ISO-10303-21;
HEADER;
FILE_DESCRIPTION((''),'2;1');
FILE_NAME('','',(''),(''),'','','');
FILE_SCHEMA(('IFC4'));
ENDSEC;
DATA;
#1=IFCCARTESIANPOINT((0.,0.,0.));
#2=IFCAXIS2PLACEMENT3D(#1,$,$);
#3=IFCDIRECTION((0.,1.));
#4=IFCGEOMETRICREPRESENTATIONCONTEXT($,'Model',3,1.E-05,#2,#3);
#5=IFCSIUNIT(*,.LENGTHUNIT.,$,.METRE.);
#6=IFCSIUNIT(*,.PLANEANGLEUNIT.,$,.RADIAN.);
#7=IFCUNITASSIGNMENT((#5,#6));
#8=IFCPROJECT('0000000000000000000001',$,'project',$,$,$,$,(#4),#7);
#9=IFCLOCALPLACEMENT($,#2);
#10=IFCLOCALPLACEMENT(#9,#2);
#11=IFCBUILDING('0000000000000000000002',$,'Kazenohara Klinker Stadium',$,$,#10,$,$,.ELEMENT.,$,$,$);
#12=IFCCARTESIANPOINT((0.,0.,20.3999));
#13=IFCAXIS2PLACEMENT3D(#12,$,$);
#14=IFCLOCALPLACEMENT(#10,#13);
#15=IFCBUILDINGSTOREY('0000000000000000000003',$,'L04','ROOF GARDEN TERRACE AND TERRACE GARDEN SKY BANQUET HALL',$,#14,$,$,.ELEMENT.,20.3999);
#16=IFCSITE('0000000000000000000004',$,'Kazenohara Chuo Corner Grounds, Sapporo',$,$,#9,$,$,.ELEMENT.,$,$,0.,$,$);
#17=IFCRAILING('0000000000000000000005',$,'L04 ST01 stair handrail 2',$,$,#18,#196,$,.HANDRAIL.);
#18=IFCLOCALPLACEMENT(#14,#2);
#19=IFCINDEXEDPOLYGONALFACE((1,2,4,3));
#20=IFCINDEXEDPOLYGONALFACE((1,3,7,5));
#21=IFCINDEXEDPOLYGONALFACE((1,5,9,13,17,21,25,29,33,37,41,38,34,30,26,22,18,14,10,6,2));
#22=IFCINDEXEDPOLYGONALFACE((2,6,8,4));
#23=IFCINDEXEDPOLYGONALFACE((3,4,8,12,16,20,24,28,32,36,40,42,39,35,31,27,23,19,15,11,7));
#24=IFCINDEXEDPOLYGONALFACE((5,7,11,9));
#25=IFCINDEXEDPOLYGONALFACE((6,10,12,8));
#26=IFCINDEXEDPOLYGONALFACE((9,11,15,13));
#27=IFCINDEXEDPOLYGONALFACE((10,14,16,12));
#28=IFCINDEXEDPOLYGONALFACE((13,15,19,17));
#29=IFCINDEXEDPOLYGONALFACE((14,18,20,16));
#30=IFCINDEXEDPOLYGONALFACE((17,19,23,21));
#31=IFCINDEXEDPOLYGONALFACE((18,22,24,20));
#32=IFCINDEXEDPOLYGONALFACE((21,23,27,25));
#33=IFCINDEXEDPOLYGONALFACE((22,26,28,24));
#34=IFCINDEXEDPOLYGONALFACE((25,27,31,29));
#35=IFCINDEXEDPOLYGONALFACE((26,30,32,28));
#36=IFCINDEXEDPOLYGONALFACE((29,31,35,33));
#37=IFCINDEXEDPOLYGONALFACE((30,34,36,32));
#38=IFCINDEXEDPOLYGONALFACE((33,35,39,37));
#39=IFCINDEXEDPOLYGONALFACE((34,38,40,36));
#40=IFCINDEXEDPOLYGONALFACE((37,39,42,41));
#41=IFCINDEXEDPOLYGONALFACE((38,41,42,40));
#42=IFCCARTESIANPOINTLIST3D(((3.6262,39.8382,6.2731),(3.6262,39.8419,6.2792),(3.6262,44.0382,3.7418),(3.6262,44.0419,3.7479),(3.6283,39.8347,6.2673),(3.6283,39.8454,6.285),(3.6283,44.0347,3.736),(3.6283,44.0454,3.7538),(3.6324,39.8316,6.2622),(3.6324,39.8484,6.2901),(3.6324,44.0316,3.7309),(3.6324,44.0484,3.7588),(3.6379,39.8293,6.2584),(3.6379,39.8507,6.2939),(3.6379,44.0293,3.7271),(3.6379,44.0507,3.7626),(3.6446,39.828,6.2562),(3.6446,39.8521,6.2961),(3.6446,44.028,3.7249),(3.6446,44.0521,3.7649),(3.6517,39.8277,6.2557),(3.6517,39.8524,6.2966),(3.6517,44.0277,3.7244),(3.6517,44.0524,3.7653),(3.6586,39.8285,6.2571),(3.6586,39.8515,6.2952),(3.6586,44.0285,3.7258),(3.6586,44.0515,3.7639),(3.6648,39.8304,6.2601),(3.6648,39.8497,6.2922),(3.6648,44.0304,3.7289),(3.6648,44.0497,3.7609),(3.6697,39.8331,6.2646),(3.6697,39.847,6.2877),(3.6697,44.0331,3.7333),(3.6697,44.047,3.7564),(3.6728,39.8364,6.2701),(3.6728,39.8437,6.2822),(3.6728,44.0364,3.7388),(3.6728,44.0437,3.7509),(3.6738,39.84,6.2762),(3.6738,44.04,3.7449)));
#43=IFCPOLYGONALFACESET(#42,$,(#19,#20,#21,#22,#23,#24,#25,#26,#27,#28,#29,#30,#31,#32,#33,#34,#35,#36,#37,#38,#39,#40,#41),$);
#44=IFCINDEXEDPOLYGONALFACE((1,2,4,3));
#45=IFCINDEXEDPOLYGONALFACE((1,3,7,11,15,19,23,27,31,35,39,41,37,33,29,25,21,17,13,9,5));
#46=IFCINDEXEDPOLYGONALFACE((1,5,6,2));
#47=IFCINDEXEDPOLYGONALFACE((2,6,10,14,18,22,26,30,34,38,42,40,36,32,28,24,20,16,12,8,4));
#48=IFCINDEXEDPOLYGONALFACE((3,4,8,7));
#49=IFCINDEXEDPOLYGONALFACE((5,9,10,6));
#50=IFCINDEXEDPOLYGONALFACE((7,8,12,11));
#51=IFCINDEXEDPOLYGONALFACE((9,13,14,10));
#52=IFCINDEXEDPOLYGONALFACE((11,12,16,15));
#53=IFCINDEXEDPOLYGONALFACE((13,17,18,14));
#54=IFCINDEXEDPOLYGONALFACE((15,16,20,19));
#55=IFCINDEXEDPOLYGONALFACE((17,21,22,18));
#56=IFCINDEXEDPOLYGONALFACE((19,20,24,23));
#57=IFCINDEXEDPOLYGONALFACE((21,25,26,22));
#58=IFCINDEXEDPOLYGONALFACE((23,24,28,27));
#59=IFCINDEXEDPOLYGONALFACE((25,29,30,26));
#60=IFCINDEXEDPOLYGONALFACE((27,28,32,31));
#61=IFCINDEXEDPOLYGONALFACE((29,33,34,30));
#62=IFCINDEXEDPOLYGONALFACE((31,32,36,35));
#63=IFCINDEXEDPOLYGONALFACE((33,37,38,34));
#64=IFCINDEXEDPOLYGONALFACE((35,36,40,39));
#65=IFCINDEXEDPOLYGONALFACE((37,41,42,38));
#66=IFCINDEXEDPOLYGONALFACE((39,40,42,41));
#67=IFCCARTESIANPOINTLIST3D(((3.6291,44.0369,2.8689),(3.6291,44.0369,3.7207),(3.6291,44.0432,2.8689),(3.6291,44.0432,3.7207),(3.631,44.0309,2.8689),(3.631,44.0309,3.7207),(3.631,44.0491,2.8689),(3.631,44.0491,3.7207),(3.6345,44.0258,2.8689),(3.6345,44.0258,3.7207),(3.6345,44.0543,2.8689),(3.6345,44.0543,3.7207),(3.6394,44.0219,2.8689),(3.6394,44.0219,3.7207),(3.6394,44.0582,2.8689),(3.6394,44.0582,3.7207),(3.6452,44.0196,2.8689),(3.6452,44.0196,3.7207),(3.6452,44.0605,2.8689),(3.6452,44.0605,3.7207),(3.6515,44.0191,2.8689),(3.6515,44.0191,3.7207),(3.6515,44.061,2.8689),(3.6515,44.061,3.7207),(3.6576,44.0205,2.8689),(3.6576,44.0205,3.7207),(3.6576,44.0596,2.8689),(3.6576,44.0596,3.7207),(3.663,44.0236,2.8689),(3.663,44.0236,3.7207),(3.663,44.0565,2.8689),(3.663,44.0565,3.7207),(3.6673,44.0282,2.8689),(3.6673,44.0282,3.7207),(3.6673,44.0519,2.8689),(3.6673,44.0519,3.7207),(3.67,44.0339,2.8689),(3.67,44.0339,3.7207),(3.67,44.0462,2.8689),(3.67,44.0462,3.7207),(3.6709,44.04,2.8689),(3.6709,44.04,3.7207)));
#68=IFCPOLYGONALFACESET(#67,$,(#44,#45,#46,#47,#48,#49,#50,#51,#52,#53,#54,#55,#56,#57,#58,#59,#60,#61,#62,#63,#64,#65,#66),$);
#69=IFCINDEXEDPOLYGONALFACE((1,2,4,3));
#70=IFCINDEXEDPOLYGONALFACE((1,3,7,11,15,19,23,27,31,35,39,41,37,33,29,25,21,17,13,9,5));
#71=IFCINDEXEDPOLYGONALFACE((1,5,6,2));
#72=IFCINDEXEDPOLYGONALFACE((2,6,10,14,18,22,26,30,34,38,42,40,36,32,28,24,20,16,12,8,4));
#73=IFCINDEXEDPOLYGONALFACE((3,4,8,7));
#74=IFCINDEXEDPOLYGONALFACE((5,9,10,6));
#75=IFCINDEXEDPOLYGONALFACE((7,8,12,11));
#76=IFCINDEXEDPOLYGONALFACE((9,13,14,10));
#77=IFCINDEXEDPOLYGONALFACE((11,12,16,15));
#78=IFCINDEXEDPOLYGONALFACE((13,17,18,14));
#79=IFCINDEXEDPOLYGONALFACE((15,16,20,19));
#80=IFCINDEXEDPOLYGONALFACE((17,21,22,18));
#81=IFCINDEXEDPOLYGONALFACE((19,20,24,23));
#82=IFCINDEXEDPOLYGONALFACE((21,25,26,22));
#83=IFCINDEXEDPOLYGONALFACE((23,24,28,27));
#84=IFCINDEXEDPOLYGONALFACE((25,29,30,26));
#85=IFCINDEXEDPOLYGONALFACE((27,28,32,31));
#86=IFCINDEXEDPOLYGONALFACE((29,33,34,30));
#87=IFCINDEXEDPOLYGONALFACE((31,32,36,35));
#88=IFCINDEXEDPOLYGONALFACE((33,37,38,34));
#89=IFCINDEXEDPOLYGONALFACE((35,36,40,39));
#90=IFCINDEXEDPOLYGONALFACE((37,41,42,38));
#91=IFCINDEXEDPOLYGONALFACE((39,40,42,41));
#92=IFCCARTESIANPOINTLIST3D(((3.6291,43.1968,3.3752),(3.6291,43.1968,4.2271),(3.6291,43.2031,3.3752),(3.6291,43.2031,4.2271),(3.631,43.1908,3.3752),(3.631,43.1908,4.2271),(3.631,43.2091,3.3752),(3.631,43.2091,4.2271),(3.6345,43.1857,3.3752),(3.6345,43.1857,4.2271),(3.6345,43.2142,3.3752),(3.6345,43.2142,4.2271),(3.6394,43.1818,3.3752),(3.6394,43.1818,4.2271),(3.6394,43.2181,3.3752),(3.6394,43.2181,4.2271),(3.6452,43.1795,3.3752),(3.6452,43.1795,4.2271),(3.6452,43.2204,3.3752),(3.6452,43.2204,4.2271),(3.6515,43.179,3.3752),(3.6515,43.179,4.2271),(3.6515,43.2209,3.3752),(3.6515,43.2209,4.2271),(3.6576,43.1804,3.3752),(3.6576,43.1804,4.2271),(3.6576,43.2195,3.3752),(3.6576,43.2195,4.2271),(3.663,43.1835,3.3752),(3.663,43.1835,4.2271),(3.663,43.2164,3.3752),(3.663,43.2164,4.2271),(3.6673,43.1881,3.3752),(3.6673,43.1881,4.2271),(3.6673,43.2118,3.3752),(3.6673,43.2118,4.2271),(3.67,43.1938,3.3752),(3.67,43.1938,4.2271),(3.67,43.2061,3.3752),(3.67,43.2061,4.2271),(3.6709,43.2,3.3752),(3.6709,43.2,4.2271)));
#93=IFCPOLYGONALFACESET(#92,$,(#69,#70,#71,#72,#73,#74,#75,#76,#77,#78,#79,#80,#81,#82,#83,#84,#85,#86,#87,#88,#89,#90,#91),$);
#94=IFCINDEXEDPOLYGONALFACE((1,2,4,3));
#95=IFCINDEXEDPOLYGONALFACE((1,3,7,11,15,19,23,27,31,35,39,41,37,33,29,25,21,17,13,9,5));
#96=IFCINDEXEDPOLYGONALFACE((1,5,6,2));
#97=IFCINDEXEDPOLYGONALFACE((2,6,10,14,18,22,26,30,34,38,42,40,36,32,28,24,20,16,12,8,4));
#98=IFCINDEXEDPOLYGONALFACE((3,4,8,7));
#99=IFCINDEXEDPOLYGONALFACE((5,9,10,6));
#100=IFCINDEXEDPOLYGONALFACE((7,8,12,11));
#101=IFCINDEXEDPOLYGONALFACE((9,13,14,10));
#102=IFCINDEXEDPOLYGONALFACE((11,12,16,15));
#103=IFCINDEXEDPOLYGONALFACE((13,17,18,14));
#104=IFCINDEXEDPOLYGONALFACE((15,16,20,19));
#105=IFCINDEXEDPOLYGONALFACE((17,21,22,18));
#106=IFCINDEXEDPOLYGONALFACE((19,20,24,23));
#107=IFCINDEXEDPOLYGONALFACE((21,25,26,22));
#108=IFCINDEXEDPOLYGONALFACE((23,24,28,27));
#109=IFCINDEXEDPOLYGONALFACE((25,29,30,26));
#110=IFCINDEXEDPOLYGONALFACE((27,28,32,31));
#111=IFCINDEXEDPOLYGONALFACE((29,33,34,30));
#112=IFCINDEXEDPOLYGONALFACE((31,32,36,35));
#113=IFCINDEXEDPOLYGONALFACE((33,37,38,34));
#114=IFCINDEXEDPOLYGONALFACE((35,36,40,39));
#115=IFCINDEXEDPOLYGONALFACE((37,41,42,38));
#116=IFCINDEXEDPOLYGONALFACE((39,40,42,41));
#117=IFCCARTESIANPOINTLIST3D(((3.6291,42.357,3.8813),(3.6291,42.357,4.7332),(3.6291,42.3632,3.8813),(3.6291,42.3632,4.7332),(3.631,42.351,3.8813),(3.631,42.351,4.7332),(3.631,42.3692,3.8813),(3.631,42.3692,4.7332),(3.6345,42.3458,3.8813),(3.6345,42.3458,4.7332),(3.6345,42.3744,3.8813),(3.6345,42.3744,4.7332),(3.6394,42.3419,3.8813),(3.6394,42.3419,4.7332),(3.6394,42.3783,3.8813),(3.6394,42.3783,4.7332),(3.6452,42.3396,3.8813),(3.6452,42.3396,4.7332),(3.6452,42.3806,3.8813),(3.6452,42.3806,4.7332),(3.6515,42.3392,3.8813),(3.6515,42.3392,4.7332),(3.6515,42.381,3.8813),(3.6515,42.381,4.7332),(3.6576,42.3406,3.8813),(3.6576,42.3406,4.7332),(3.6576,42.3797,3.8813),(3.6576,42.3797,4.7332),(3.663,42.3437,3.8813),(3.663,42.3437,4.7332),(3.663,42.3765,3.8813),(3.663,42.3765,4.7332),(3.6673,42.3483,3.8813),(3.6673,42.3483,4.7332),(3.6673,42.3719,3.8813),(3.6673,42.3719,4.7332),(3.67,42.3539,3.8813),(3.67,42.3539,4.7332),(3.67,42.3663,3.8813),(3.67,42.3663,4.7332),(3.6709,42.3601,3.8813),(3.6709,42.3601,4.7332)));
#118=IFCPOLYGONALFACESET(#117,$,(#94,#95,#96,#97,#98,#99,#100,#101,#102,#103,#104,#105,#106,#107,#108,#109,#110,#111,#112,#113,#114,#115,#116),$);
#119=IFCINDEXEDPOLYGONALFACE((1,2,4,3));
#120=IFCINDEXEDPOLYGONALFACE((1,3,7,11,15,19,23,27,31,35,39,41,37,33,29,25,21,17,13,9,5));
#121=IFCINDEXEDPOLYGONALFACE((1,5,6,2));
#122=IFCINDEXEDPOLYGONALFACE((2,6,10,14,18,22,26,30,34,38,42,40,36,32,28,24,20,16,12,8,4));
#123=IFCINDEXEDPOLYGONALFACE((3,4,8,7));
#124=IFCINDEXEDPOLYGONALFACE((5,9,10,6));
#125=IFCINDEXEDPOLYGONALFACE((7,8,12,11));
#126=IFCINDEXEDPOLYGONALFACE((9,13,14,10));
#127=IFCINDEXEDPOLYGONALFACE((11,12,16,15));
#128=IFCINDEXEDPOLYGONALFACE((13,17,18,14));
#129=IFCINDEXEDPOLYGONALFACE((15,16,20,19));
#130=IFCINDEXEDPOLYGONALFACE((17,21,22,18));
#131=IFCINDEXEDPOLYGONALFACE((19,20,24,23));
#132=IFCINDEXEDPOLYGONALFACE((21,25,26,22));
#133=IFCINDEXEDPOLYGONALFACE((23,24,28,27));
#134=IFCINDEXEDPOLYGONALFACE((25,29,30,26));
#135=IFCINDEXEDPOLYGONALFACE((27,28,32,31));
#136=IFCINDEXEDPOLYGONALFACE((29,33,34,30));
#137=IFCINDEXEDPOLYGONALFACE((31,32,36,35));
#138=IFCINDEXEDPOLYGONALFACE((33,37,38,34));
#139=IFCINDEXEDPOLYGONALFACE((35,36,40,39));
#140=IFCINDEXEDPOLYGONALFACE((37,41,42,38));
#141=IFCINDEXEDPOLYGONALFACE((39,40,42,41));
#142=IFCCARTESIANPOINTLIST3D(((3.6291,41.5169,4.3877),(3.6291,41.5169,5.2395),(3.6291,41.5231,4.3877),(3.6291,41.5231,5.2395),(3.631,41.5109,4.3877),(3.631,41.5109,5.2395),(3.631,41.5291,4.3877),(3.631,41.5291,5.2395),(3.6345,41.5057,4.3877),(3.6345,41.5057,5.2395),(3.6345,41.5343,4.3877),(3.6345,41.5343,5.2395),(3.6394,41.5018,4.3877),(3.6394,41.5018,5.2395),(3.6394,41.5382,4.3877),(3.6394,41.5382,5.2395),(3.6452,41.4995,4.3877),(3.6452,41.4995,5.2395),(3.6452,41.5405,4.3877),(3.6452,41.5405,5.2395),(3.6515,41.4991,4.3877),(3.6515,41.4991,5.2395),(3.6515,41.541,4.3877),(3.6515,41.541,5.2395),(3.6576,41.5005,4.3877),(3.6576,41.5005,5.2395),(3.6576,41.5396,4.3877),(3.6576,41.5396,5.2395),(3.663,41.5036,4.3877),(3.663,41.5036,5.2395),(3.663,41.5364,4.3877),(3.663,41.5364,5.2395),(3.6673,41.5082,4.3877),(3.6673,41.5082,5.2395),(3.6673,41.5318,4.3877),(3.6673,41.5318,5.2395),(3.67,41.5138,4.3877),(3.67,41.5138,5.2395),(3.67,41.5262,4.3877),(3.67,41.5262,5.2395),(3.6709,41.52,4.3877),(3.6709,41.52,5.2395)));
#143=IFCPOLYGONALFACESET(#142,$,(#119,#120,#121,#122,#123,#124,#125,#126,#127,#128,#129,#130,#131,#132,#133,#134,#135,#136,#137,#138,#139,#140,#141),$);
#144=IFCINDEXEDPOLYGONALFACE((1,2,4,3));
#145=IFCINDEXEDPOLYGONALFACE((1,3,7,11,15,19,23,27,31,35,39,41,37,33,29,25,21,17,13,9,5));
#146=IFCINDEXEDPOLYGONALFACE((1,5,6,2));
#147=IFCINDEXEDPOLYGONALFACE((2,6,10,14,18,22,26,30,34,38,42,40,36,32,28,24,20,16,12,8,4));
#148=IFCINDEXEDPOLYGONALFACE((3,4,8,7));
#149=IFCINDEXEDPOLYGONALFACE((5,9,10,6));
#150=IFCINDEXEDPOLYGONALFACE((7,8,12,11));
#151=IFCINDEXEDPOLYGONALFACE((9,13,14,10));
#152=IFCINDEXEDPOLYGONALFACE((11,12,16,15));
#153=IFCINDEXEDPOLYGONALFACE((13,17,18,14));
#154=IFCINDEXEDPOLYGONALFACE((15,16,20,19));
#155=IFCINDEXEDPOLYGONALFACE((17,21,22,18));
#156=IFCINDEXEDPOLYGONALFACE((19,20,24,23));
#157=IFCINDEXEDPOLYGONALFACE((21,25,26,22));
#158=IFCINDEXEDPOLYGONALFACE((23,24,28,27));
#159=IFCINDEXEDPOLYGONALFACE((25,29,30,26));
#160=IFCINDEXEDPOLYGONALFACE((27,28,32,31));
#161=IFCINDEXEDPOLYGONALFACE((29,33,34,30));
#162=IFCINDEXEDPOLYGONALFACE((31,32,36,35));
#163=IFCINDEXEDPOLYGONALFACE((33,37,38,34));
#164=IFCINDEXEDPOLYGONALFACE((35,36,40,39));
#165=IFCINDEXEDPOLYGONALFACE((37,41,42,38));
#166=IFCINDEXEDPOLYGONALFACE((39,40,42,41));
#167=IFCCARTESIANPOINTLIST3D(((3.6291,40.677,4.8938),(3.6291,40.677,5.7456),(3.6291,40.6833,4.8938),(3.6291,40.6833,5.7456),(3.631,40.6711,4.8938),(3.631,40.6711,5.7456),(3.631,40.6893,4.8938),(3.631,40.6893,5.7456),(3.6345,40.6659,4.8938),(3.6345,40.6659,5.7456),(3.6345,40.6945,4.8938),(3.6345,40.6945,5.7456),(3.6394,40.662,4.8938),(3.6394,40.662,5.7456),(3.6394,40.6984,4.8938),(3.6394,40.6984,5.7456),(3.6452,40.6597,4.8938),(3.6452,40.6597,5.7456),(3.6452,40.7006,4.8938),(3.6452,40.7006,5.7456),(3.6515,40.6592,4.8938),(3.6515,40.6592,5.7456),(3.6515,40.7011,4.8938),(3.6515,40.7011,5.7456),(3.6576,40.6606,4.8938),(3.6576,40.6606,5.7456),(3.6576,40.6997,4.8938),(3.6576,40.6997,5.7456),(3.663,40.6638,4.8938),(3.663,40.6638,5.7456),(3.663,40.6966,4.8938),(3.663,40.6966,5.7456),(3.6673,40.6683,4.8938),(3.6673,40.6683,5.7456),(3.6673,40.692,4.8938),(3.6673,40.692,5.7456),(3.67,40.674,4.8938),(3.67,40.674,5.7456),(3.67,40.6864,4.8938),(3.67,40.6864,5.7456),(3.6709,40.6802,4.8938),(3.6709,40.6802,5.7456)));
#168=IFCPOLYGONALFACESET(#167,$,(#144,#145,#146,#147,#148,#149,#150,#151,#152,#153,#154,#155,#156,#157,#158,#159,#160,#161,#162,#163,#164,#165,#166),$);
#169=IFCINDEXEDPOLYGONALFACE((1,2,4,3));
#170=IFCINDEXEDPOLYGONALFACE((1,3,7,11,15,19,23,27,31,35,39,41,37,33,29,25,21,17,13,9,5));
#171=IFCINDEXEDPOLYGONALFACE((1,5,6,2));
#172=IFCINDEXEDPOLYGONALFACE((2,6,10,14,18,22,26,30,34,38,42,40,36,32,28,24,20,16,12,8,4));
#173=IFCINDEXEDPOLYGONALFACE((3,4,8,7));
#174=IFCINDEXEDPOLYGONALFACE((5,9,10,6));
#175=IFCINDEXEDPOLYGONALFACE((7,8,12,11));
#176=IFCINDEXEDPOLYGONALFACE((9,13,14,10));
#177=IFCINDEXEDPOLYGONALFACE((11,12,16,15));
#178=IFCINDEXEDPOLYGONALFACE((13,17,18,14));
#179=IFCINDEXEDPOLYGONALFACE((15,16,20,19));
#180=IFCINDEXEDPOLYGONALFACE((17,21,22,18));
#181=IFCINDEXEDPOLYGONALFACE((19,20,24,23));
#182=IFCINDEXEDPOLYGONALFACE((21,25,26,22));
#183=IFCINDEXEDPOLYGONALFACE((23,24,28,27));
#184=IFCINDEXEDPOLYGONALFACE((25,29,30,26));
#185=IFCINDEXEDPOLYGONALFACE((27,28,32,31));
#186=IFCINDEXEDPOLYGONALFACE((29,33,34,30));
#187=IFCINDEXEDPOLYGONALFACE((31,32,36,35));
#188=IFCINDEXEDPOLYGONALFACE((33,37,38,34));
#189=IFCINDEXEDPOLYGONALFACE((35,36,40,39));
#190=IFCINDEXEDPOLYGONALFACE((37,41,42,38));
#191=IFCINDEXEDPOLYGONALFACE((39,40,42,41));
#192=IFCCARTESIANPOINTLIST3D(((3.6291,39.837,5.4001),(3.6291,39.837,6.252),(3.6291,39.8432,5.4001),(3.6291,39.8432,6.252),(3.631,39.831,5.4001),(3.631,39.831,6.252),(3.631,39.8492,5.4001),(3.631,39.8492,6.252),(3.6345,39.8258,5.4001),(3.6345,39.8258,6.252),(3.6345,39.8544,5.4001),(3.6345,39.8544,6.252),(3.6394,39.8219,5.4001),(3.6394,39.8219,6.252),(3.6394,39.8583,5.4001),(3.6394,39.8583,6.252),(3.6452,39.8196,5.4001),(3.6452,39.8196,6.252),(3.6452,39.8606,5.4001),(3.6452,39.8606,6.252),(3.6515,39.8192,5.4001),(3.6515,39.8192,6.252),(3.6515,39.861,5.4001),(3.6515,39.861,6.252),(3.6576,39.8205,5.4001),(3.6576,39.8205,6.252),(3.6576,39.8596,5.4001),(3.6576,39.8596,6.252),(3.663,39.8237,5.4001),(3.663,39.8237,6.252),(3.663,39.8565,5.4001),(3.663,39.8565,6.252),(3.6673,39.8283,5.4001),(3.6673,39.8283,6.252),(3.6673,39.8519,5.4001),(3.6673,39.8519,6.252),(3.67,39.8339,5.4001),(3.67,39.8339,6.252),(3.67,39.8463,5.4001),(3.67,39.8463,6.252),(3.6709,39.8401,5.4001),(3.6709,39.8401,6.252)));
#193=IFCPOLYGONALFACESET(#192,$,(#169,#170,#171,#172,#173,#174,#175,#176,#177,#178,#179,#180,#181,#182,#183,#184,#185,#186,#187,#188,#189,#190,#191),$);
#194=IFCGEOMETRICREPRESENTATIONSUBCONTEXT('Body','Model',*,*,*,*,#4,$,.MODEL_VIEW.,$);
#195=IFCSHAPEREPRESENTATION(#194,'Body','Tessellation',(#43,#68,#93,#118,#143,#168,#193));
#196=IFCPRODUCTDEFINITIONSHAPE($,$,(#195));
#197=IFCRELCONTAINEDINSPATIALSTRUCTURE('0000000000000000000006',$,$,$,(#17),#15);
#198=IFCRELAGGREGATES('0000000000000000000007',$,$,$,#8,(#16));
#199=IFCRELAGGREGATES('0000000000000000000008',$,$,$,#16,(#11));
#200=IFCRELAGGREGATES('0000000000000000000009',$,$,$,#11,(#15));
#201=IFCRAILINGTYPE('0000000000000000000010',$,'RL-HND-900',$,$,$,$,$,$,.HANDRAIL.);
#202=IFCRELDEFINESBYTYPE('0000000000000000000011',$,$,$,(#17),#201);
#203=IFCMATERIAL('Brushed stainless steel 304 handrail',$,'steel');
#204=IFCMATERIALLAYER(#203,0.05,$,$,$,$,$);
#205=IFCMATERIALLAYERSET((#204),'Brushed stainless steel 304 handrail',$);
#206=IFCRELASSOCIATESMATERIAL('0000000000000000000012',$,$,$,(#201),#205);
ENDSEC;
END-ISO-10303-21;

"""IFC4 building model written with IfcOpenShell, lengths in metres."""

from ifc_helpers import new_model, si_unit, direction, frame, origin, origin_2d, place, context, subcontext, project, spatial, circle, extrude, material, layer, layer_set, type_object, element, save


model = new_model("IFC4")

# Units and contexts
model_context = context("Model", 3, precision=1e-05, world=origin(), true_north=direction((0.0, 1.0)))
body_context = subcontext(model_context, "Body", "Model", "MODEL_VIEW")
ifc_project = project(units=[si_unit("LENGTHUNIT", "METRE"), si_unit("PLANEANGLEUNIT", "RADIAN")], contexts=[model_context])

# Site, building, storey
site_placement = place(None, origin())
site = spatial("IfcSite", under=ifc_project, at=site_placement, Name="Kazenohara Chuo Corner Grounds, Sapporo", CompositionType="ELEMENT", RefElevation=0.0)
building_placement = place(site_placement, origin())
building = spatial("IfcBuilding", under=site, at=building_placement, Name="Kazenohara Klinker Stadium", CompositionType="ELEMENT")
storey_placement = place(building_placement, frame((0.0, 0.0, 20.3999)))
storey = spatial("IfcBuildingStorey", under=building, at=storey_placement, Name="L04", Description="ROOF GARDEN TERRACE AND TERRACE GARDEN SKY BANQUET HALL", CompositionType="ELEMENT", Elevation=20.3999)

# Railing
ifc_material_1 = material(Name="Brushed stainless steel 304 handrail", Category="steel")
ifc_layer_1 = layer(ifc_material_1, 0.05)
ifc_layer_set_1 = layer_set([ifc_layer_1], Name="Brushed stainless steel 304 handrail")
railing_type_1 = type_object("IfcRailingType", Name="RL-HND-900", PredefinedType="HANDRAIL", material=ifc_layer_set_1)
railing_1_placement = place(storey_placement, frame((3.6499, 44.04, 2.8689)))
element("IfcRailing", 1, at=railing_1_placement, inside=storey, type_object=railing_type_1, Name="L04 ST01 stair handrail 2", PredefinedType="HANDRAIL", context=body_context, shape_type="SweptSolid", body=[
    extrude(circle(Radius=0.0239, at=origin_2d()), frame((0.0, 0.0, 0.876), z_axis=(0.0, -0.856476, 0.516186), x_axis=(1.0, 0.0, 0.0)), (0.0, 0.0, 1.0), 4.9038),
    extrude(circle(Radius=0.021, at=origin_2d()), origin(), (0.0, 0.0, 1.0), 0.8518),
    extrude(circle(Radius=0.021, at=origin_2d()), frame((0.0, -0.8401, 0.5063)), (0.0, 0.0, 1.0), 0.8518),
    extrude(circle(Radius=0.021, at=origin_2d()), frame((0.0, -1.6799, 1.0125)), (0.0, 0.0, 1.0), 0.8518),
    extrude(circle(Radius=0.021, at=origin_2d()), frame((0.0, -2.52, 1.5188)), (0.0, 0.0, 1.0), 0.8518),
    extrude(circle(Radius=0.021, at=origin_2d()), frame((0.0, -3.3599, 2.0249)), (0.0, 0.0, 1.0), 0.8518),
    extrude(circle(Radius=0.021, at=origin_2d()), frame((0.0, -4.2, 2.5312)), (0.0, 0.0, 1.0), 0.8518),
])

save(model, "model.ifc")
